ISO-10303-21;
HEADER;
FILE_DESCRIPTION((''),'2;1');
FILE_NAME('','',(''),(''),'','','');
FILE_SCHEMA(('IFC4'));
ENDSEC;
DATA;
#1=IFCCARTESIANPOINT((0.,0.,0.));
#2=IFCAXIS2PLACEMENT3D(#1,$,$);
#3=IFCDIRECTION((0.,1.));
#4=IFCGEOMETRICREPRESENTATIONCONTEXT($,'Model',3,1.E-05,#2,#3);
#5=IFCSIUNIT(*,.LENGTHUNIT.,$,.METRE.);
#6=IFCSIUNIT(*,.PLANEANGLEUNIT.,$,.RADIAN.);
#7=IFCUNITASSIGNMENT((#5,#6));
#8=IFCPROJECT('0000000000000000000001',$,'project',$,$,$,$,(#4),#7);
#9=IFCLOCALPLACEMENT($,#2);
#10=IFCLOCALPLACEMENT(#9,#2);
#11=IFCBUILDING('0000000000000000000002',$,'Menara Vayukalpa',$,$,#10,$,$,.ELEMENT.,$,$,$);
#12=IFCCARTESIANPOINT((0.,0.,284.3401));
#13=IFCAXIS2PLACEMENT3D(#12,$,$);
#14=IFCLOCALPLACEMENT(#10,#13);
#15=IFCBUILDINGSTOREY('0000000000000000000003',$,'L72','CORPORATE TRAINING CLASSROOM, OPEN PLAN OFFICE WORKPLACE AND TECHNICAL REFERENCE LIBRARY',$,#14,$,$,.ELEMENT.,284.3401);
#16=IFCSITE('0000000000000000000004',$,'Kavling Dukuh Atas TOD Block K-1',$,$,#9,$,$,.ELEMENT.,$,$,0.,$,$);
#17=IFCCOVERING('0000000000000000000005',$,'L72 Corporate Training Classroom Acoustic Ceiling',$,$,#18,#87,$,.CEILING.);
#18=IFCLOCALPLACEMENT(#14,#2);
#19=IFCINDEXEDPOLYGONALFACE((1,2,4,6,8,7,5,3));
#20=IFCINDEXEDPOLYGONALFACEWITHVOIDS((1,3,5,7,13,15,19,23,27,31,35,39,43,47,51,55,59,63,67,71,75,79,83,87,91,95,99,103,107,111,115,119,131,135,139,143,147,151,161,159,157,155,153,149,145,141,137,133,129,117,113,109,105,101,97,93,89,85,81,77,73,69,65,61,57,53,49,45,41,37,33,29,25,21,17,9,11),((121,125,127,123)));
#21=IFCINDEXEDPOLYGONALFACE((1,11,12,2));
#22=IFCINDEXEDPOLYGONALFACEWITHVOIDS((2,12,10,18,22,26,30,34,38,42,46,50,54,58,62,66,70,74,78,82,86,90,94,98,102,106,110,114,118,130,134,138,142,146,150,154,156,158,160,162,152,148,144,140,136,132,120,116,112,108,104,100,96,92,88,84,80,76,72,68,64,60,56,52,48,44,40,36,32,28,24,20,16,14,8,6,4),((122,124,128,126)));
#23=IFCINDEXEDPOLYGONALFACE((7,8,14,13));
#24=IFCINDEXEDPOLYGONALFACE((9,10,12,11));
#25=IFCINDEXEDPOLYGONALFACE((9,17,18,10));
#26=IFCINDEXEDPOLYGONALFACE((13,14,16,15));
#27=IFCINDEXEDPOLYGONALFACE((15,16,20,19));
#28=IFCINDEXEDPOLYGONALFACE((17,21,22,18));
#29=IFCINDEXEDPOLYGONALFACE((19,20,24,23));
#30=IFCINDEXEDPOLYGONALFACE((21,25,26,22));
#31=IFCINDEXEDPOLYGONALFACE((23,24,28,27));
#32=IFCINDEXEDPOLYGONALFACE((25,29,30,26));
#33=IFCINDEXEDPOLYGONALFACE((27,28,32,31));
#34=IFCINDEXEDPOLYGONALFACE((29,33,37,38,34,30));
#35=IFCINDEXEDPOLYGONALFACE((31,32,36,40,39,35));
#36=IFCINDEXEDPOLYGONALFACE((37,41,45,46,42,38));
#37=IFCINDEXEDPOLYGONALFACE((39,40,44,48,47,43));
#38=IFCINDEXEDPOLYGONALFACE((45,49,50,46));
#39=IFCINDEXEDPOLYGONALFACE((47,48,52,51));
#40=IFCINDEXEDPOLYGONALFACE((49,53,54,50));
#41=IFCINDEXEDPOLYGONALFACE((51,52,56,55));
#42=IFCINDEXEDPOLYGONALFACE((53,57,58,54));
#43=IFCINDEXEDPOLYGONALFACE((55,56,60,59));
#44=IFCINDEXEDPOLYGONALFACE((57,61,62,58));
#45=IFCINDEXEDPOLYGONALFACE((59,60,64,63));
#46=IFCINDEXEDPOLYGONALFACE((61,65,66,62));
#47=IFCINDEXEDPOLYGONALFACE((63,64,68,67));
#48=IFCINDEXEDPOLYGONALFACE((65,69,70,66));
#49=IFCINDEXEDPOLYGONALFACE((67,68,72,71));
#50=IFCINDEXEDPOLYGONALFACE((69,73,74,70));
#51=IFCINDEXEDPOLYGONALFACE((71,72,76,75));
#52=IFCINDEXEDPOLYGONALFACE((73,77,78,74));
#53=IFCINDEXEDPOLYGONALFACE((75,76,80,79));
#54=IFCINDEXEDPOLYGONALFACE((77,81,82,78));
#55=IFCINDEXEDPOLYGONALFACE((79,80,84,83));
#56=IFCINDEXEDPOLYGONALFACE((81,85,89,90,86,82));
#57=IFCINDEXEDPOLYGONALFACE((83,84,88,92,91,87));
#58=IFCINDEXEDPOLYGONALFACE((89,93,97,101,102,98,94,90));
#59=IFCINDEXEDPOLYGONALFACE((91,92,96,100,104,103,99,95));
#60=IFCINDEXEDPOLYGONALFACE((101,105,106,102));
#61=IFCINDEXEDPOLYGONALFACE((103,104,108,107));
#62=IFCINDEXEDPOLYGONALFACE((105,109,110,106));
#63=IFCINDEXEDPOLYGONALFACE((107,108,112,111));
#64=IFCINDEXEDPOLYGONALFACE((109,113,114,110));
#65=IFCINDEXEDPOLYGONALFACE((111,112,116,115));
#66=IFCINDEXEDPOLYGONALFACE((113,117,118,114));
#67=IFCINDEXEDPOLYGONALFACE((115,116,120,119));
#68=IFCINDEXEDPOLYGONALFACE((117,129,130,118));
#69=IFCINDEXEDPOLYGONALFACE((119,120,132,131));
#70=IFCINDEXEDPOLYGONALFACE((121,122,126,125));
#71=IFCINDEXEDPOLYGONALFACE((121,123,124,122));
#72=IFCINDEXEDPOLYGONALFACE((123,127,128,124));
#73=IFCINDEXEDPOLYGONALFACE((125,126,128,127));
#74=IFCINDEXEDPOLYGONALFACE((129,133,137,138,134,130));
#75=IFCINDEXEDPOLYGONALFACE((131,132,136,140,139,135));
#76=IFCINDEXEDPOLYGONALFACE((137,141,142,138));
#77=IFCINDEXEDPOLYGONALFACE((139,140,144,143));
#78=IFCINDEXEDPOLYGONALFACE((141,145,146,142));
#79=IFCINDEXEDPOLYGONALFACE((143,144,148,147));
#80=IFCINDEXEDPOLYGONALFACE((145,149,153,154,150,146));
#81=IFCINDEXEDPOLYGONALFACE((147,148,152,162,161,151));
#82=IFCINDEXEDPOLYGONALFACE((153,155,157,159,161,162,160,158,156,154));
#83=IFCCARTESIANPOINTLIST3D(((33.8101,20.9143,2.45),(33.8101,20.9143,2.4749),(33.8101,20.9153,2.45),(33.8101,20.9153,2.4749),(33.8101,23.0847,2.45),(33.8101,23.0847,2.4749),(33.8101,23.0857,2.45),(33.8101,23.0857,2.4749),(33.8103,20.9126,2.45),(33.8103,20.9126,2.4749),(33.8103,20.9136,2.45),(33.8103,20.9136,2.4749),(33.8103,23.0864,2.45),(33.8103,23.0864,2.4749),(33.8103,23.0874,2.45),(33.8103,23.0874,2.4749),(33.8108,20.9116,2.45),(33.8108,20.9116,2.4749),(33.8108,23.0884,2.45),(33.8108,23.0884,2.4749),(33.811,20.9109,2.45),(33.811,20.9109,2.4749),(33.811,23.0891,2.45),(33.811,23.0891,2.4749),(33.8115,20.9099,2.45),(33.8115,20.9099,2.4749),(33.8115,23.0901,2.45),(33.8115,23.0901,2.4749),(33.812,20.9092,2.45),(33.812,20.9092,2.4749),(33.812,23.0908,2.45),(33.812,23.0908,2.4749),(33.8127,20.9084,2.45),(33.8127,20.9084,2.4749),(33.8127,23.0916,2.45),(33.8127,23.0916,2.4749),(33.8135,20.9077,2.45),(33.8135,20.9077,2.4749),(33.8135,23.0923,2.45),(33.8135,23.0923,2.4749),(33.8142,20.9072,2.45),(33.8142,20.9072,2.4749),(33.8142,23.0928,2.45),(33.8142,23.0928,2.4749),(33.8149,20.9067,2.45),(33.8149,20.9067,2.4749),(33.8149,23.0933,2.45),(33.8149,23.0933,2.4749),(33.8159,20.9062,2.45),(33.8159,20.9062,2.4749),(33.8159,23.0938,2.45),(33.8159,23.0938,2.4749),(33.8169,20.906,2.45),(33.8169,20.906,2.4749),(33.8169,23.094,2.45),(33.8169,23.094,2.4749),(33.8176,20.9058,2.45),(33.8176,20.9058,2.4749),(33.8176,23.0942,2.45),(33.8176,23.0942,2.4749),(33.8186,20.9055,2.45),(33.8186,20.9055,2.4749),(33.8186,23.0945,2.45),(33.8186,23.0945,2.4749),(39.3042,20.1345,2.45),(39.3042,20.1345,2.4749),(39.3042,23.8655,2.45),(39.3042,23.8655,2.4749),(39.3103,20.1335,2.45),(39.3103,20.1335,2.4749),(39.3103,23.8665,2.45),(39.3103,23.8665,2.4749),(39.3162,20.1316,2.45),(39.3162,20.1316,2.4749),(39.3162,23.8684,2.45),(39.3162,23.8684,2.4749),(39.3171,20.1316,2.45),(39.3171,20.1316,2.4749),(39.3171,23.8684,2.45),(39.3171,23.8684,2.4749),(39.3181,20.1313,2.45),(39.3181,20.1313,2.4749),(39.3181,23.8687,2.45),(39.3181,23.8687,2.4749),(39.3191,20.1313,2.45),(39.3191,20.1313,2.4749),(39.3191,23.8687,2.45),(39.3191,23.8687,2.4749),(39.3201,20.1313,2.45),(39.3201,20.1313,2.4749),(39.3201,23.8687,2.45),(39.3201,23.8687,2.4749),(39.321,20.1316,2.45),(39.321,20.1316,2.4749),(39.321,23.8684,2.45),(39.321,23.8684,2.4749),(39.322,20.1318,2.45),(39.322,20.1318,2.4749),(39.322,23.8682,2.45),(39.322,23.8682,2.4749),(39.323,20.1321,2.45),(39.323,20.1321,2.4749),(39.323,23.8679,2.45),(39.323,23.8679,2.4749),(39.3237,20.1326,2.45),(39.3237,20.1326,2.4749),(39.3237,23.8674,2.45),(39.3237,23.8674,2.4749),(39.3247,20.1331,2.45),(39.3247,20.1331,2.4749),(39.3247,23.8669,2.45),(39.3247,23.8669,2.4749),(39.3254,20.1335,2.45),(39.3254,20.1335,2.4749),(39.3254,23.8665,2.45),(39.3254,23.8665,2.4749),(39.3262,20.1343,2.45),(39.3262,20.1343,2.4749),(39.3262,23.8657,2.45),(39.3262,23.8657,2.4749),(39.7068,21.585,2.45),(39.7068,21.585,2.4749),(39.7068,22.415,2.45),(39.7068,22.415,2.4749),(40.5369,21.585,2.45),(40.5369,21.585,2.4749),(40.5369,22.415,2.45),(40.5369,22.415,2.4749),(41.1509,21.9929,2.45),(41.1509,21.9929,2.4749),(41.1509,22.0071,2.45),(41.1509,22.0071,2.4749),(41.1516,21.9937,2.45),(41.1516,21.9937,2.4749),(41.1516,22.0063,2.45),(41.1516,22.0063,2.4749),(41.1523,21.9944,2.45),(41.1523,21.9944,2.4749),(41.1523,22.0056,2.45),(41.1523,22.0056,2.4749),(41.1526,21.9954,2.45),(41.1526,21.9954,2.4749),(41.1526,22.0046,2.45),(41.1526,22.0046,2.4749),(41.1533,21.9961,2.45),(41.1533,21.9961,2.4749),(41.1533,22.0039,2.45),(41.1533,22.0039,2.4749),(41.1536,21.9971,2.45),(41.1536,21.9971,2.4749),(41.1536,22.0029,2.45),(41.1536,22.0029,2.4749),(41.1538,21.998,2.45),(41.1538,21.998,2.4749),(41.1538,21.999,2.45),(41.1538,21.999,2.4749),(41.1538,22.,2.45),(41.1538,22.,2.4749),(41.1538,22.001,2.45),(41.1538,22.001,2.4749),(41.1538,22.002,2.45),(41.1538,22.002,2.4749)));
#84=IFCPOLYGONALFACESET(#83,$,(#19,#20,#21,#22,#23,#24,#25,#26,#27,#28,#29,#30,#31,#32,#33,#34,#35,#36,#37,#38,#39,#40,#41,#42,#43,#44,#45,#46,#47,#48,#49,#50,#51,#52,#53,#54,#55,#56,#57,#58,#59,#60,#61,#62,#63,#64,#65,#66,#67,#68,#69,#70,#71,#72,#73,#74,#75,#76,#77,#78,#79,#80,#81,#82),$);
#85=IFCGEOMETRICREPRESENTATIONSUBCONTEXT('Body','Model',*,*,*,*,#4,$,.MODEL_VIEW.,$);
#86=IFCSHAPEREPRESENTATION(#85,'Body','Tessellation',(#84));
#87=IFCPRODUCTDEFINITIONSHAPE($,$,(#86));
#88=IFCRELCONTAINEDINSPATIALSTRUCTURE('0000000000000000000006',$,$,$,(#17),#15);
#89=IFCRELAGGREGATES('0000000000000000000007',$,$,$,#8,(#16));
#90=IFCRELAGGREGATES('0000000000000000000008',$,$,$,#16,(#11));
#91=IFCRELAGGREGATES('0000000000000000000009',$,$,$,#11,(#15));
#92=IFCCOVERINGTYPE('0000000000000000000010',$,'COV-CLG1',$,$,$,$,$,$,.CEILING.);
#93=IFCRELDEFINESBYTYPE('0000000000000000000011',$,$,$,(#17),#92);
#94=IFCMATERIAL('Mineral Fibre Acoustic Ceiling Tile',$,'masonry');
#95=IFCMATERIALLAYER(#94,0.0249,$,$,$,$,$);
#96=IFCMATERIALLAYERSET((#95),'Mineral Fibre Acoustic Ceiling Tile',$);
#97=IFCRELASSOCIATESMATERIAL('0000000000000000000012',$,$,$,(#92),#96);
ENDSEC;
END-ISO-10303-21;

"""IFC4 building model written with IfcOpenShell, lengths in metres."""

from ifc_helpers import new_model, si_unit, direction, frame, origin, place, context, subcontext, project, spatial, polyline, outline, extrude, material, layer, layer_set, type_object, element, save


model = new_model("IFC4")

# Units and contexts
model_context = context("Model", 3, precision=1e-05, world=origin(), true_north=direction((0.0, 1.0)))
body_context = subcontext(model_context, "Body", "Model", "MODEL_VIEW")
ifc_project = project(units=[si_unit("LENGTHUNIT", "METRE"), si_unit("PLANEANGLEUNIT", "RADIAN")], contexts=[model_context])

# Site, building, storey
site_placement = place(None, origin())
site = spatial("IfcSite", under=ifc_project, at=site_placement, Name="Kavling Dukuh Atas TOD Block K-1", CompositionType="ELEMENT", RefElevation=0.0)
building_placement = place(site_placement, origin())
building = spatial("IfcBuilding", under=site, at=building_placement, Name="Menara Vayukalpa", CompositionType="ELEMENT")
storey_placement = place(building_placement, frame((0.0, 0.0, 284.3401)))
storey = spatial("IfcBuildingStorey", under=building, at=storey_placement, Name="L72", Description="CORPORATE TRAINING CLASSROOM, OPEN PLAN OFFICE WORKPLACE AND TECHNICAL REFERENCE LIBRARY", CompositionType="ELEMENT", Elevation=284.3401)

# Covering
ifc_material_1 = material(Name="Mineral Fibre Acoustic Ceiling Tile", Category="masonry")
ifc_layer_1 = layer(ifc_material_1, 0.0249)
ifc_layer_set_1 = layer_set([ifc_layer_1], Name="Mineral Fibre Acoustic Ceiling Tile")
covering_type_1 = type_object("IfcCoveringType", Name="COV-CLG1", PredefinedType="CEILING", material=ifc_layer_set_1)
covering_1_placement = place(storey_placement, frame((0.0, 0.0, 2.45)))
element("IfcCovering", 1, at=covering_1_placement, inside=storey, type_object=covering_type_1, Name="L72 Corporate Training Classroom Acoustic Ceiling", PredefinedType="CEILING", context=body_context, shape_type="SweptSolid", body=[
    extrude(outline(polyline([(41.1523, 22.0056), (41.1526, 22.0046), (41.1533, 22.0039), (41.1536, 22.0029), (41.1538, 22.002), (41.1538, 22.001), (41.1538, 22.0), (41.1538, 21.999), (41.1538, 21.998), (41.1536, 21.9971), (41.1533, 21.9961), (41.1526, 21.9954), (41.1523, 21.9944), (41.1516, 21.9937), (41.1509, 21.9929), (39.3262, 20.1343), (39.3254, 20.1335), (39.3247, 20.1331), (39.3237, 20.1326), (39.323, 20.1321), (39.322, 20.1318), (39.321, 20.1316), (39.3201, 20.1313), (39.3191, 20.1313), (39.3181, 20.1313), (39.3171, 20.1316), (39.3162, 20.1316), (39.3103, 20.1335), (39.3042, 20.1345), (33.8186, 20.9055), (33.8176, 20.9058), (33.8169, 20.906), (33.8159, 20.9062), (33.8149, 20.9067), (33.8142, 20.9072), (33.8135, 20.9077), (33.8127, 20.9084), (33.812, 20.9092), (33.8115, 20.9099), (33.811, 20.9109), (33.8108, 20.9116), (33.8103, 20.9126), (33.8103, 20.9136), (33.8101, 20.9143), (33.8101, 20.9153), (33.8101, 23.0847), (33.8101, 23.0857), (33.8103, 23.0864), (33.8103, 23.0874), (33.8108, 23.0884), (33.811, 23.0891), (33.8115, 23.0901), (33.812, 23.0908), (33.8127, 23.0916), (33.8135, 23.0923), (33.8142, 23.0928), (33.8149, 23.0933), (33.8159, 23.0938), (33.8169, 23.094), (33.8176, 23.0942), (33.8186, 23.0945), (39.3042, 23.8655), (39.3103, 23.8665), (39.3162, 23.8684), (39.3171, 23.8684), (39.3181, 23.8687), (39.3191, 23.8687), (39.3201, 23.8687), (39.321, 23.8684), (39.322, 23.8682), (39.323, 23.8679), (39.3237, 23.8674), (39.3247, 23.8669), (39.3254, 23.8665), (39.3262, 23.8657), (41.1509, 22.0071), (41.1516, 22.0063), (41.1523, 22.0056)]), holes=[polyline([(40.5369, 22.415), (39.7068, 22.415), (39.7068, 21.585), (40.5369, 21.585), (40.5369, 22.415)])]), origin(), (0.0, 0.0, 1.0), 0.0249),
])

save(model, "model.ifc")
